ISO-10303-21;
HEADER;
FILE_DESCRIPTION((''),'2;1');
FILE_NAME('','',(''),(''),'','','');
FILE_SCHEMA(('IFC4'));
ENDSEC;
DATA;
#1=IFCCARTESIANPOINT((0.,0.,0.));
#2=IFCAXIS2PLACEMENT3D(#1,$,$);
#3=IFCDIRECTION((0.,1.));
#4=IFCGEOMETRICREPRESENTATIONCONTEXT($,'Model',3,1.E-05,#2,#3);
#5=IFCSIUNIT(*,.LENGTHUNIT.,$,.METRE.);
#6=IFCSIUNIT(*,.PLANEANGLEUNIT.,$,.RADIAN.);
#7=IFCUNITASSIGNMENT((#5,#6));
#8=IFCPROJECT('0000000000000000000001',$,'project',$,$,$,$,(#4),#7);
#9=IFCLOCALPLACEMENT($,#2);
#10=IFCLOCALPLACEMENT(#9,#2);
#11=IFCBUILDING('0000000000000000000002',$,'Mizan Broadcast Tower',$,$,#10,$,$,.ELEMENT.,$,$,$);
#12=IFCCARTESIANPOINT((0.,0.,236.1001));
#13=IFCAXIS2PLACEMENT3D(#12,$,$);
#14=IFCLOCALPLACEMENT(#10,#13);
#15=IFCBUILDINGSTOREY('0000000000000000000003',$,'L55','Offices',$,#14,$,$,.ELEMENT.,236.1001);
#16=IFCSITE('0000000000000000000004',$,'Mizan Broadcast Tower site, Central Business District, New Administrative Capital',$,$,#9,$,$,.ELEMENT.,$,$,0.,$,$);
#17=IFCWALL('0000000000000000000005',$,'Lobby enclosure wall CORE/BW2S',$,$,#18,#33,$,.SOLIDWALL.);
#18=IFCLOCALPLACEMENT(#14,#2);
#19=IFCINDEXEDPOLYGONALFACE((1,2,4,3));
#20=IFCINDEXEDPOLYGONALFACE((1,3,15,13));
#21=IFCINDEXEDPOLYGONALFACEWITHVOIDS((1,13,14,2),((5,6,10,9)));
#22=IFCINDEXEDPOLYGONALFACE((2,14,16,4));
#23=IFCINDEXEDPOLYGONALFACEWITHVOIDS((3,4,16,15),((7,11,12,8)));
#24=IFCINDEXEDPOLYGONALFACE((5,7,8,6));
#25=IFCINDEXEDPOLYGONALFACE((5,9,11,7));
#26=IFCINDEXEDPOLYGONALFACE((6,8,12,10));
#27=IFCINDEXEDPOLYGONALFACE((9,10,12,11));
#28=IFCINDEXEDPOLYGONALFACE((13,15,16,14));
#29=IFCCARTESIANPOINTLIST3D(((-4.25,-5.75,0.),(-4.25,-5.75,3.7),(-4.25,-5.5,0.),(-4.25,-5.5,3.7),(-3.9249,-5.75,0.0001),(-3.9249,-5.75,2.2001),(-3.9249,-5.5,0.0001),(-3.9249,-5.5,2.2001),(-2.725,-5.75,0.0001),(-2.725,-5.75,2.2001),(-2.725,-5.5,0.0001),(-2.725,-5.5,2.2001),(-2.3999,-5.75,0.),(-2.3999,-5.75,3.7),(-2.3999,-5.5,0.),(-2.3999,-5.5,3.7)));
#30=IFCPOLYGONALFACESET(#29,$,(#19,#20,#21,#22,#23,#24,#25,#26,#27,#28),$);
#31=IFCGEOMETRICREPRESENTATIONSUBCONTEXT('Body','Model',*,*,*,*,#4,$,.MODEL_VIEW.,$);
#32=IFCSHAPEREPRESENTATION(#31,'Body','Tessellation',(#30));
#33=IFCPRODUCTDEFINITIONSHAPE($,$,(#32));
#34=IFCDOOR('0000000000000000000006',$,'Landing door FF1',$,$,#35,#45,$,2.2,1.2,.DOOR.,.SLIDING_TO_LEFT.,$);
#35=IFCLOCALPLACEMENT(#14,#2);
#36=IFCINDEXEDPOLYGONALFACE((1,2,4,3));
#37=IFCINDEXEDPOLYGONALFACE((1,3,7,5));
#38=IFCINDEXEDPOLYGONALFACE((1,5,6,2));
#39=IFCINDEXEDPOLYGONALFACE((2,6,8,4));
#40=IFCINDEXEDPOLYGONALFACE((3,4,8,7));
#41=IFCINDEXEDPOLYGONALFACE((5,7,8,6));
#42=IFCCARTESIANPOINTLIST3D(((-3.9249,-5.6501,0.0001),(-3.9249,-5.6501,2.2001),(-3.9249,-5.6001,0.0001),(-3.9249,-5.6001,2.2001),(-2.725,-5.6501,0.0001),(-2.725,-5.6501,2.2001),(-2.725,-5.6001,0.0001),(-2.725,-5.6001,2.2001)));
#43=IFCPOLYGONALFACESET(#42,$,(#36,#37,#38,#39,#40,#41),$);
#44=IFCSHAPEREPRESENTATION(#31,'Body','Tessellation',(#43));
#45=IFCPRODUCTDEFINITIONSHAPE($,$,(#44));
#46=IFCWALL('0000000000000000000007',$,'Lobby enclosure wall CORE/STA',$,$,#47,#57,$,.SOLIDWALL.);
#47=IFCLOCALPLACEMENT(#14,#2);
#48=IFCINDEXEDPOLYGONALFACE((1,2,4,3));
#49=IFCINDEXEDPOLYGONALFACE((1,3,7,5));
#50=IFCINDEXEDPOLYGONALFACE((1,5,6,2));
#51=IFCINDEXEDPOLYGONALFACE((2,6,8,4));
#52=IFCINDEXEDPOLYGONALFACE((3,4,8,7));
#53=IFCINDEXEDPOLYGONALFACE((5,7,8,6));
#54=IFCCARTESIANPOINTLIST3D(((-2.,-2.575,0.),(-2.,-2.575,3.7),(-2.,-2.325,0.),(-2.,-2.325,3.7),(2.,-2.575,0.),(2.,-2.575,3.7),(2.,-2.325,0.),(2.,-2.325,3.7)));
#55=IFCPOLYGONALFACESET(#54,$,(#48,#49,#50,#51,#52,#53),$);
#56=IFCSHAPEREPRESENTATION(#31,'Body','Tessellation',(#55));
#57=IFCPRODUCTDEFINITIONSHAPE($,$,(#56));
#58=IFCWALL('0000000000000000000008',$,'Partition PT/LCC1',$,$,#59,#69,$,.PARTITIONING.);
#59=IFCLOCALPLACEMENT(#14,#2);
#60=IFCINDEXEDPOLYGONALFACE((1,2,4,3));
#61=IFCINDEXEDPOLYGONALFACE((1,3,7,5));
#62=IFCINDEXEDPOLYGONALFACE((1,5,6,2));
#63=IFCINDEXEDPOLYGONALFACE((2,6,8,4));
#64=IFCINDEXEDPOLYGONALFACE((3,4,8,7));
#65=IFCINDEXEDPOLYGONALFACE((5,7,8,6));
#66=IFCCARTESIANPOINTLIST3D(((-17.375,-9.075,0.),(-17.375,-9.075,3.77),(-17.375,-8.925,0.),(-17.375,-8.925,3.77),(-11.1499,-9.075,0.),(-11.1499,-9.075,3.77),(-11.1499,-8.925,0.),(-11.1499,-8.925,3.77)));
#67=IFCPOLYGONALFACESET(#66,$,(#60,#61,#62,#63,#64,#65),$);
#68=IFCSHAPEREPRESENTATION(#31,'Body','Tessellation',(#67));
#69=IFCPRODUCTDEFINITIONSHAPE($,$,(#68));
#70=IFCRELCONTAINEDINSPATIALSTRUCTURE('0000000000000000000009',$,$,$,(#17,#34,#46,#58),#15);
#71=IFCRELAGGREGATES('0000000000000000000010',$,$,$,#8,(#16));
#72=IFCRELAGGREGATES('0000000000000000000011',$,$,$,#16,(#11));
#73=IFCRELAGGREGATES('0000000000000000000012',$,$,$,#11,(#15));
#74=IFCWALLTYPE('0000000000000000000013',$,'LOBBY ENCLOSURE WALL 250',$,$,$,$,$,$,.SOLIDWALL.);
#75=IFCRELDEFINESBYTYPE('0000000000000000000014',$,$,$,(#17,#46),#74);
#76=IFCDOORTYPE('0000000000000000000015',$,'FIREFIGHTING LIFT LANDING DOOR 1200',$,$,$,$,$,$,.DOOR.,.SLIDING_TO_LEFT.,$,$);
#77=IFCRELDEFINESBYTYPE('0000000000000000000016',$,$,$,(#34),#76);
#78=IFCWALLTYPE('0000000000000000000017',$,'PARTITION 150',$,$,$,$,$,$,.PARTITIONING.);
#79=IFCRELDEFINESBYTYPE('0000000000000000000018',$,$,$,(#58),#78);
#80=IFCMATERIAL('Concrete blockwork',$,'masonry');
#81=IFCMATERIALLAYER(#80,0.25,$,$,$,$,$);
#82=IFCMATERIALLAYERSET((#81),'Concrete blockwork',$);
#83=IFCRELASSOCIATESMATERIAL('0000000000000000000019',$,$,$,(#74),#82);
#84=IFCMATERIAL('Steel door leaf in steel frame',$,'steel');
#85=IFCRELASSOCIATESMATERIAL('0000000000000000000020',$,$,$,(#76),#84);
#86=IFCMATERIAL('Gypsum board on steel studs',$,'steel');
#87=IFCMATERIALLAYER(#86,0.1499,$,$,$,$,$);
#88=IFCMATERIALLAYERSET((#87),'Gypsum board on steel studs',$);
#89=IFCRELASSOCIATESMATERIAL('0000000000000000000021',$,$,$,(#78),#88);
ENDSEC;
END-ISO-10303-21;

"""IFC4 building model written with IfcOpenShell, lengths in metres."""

from ifc_helpers import new_model, si_unit, direction, frame, frame_2d, origin, place, context, subcontext, project, spatial, rectangle, extrude, material, layer, layer_set, type_object, element, fill, save


model = new_model("IFC4")

# Units and contexts
model_context = context("Model", 3, precision=1e-05, world=origin(), true_north=direction((0.0, 1.0)))
body_context = subcontext(model_context, "Body", "Model", "MODEL_VIEW")
ifc_project = project(units=[si_unit("LENGTHUNIT", "METRE"), si_unit("PLANEANGLEUNIT", "RADIAN")], contexts=[model_context])

# Site, building, storey
site_placement = place(None, origin())
site = spatial("IfcSite", under=ifc_project, at=site_placement, Name="Mizan Broadcast Tower site, Central Business District, New Administrative Capital", CompositionType="ELEMENT", RefElevation=0.0)
building_placement = place(site_placement, origin())
building = spatial("IfcBuilding", under=site, at=building_placement, Name="Mizan Broadcast Tower", CompositionType="ELEMENT")
storey_placement = place(building_placement, frame((0.0, 0.0, 236.1001)))
storey = spatial("IfcBuildingStorey", under=building, at=storey_placement, Name="L55", Description="Offices", CompositionType="ELEMENT", Elevation=236.1001)

# Wall, opening, door
ifc_material_1 = material(Name="Concrete blockwork", Category="masonry")
ifc_layer_1 = layer(ifc_material_1, 0.25)
ifc_layer_set_1 = layer_set([ifc_layer_1], Name="Concrete blockwork")
wall_type_1 = type_object("IfcWallType", Name="LOBBY ENCLOSURE WALL 250", PredefinedType="SOLIDWALL", material=ifc_layer_set_1)
wall_1_placement = place(storey_placement, frame((-4.25, -5.625, 0.0), z_axis=(0.0, 0.0, 1.0), x_axis=(1.0, 0.0, 0.0)))
wall_1 = element("IfcWall", 1, at=wall_1_placement, inside=storey, type_object=wall_type_1, Name="Lobby enclosure wall CORE/BW2S", PredefinedType="SOLIDWALL", context=body_context, shape_type="SweptSolid", body=[
    extrude(rectangle(XDim=1.8501, YDim=0.25, at=frame_2d((0.925, 0.0))), origin(), (0.0, 0.0, 1.0), 3.7),
])
opening_1_placement = place(wall_1_placement, frame((0.325, 0.0, 0.0)))
opening_1 = element("IfcOpeningElement", 2, at=opening_1_placement, cuts=wall_1, PredefinedType="OPENING", context=body_context, shape_type="SweptSolid", body=[
    extrude(rectangle(XDim=1.2, YDim=2.2, at=frame_2d((0.6001, 1.1001))), frame((0.0, 0.135, 0.0), z_axis=(0.0, -1.0, 0.0), x_axis=(1.0, 0.0, 0.0)), (0.0, 0.0, 1.0), 0.27),
])
ifc_material_2 = material(Name="Steel door leaf in steel frame", Category="steel")
door_type_1 = type_object("IfcDoorType", Name="FIREFIGHTING LIFT LANDING DOOR 1200", OperationType="SLIDING_TO_LEFT", PredefinedType="DOOR", material=ifc_material_2)
door_1_placement = place(opening_1_placement, origin())
door_1 = element("IfcDoor", 3, at=door_1_placement, inside=storey, type_object=door_type_1, Name="Landing door FF1", OperationType="SLIDING_TO_LEFT", OverallHeight=2.2, OverallWidth=1.2, PredefinedType="DOOR", context=body_context, shape_type="SweptSolid", body=[
    extrude(rectangle(XDim=1.2, YDim=2.2, at=frame_2d((0.6001, 1.1001))), frame((0.0, 0.0249, 0.0), z_axis=(0.0, -1.0, 0.0), x_axis=(1.0, 0.0, 0.0)), (0.0, 0.0, 1.0), 0.05),
])
fill(opening_1, door_1)

# Walls
wall_2_placement = place(storey_placement, frame((-2.0, -2.45, 0.0), z_axis=(0.0, 0.0, 1.0), x_axis=(1.0, 0.0, 0.0)))
element("IfcWall", 4, at=wall_2_placement, inside=storey, type_object=wall_type_1, Name="Lobby enclosure wall CORE/STA", PredefinedType="SOLIDWALL", context=body_context, shape_type="SweptSolid", body=[
    extrude(rectangle(XDim=4.0, YDim=0.25, at=frame_2d((2.0, 0.0))), origin(), (0.0, 0.0, 1.0), 3.7),
])
ifc_material_3 = material(Name="Gypsum board on steel studs", Category="steel")
ifc_layer_2 = layer(ifc_material_3, 0.1499)
ifc_layer_set_2 = layer_set([ifc_layer_2], Name="Gypsum board on steel studs")
wall_type_2 = type_object("IfcWallType", Name="PARTITION 150", PredefinedType="PARTITIONING", material=ifc_layer_set_2)
wall_3_placement = place(storey_placement, frame((-11.1499, -9.0, 0.0), z_axis=(0.0, 0.0, 1.0), x_axis=(-1.0, 0.0, 0.0)))
element("IfcWall", 5, at=wall_3_placement, inside=storey, type_object=wall_type_2, Name="Partition PT/LCC1", PredefinedType="PARTITIONING", context=body_context, shape_type="SweptSolid", body=[
    extrude(rectangle(XDim=6.2251, YDim=0.1499, at=frame_2d((3.1125, 0.0))), origin(), (0.0, 0.0, 1.0), 3.77),
])

save(model, "model.ifc")
